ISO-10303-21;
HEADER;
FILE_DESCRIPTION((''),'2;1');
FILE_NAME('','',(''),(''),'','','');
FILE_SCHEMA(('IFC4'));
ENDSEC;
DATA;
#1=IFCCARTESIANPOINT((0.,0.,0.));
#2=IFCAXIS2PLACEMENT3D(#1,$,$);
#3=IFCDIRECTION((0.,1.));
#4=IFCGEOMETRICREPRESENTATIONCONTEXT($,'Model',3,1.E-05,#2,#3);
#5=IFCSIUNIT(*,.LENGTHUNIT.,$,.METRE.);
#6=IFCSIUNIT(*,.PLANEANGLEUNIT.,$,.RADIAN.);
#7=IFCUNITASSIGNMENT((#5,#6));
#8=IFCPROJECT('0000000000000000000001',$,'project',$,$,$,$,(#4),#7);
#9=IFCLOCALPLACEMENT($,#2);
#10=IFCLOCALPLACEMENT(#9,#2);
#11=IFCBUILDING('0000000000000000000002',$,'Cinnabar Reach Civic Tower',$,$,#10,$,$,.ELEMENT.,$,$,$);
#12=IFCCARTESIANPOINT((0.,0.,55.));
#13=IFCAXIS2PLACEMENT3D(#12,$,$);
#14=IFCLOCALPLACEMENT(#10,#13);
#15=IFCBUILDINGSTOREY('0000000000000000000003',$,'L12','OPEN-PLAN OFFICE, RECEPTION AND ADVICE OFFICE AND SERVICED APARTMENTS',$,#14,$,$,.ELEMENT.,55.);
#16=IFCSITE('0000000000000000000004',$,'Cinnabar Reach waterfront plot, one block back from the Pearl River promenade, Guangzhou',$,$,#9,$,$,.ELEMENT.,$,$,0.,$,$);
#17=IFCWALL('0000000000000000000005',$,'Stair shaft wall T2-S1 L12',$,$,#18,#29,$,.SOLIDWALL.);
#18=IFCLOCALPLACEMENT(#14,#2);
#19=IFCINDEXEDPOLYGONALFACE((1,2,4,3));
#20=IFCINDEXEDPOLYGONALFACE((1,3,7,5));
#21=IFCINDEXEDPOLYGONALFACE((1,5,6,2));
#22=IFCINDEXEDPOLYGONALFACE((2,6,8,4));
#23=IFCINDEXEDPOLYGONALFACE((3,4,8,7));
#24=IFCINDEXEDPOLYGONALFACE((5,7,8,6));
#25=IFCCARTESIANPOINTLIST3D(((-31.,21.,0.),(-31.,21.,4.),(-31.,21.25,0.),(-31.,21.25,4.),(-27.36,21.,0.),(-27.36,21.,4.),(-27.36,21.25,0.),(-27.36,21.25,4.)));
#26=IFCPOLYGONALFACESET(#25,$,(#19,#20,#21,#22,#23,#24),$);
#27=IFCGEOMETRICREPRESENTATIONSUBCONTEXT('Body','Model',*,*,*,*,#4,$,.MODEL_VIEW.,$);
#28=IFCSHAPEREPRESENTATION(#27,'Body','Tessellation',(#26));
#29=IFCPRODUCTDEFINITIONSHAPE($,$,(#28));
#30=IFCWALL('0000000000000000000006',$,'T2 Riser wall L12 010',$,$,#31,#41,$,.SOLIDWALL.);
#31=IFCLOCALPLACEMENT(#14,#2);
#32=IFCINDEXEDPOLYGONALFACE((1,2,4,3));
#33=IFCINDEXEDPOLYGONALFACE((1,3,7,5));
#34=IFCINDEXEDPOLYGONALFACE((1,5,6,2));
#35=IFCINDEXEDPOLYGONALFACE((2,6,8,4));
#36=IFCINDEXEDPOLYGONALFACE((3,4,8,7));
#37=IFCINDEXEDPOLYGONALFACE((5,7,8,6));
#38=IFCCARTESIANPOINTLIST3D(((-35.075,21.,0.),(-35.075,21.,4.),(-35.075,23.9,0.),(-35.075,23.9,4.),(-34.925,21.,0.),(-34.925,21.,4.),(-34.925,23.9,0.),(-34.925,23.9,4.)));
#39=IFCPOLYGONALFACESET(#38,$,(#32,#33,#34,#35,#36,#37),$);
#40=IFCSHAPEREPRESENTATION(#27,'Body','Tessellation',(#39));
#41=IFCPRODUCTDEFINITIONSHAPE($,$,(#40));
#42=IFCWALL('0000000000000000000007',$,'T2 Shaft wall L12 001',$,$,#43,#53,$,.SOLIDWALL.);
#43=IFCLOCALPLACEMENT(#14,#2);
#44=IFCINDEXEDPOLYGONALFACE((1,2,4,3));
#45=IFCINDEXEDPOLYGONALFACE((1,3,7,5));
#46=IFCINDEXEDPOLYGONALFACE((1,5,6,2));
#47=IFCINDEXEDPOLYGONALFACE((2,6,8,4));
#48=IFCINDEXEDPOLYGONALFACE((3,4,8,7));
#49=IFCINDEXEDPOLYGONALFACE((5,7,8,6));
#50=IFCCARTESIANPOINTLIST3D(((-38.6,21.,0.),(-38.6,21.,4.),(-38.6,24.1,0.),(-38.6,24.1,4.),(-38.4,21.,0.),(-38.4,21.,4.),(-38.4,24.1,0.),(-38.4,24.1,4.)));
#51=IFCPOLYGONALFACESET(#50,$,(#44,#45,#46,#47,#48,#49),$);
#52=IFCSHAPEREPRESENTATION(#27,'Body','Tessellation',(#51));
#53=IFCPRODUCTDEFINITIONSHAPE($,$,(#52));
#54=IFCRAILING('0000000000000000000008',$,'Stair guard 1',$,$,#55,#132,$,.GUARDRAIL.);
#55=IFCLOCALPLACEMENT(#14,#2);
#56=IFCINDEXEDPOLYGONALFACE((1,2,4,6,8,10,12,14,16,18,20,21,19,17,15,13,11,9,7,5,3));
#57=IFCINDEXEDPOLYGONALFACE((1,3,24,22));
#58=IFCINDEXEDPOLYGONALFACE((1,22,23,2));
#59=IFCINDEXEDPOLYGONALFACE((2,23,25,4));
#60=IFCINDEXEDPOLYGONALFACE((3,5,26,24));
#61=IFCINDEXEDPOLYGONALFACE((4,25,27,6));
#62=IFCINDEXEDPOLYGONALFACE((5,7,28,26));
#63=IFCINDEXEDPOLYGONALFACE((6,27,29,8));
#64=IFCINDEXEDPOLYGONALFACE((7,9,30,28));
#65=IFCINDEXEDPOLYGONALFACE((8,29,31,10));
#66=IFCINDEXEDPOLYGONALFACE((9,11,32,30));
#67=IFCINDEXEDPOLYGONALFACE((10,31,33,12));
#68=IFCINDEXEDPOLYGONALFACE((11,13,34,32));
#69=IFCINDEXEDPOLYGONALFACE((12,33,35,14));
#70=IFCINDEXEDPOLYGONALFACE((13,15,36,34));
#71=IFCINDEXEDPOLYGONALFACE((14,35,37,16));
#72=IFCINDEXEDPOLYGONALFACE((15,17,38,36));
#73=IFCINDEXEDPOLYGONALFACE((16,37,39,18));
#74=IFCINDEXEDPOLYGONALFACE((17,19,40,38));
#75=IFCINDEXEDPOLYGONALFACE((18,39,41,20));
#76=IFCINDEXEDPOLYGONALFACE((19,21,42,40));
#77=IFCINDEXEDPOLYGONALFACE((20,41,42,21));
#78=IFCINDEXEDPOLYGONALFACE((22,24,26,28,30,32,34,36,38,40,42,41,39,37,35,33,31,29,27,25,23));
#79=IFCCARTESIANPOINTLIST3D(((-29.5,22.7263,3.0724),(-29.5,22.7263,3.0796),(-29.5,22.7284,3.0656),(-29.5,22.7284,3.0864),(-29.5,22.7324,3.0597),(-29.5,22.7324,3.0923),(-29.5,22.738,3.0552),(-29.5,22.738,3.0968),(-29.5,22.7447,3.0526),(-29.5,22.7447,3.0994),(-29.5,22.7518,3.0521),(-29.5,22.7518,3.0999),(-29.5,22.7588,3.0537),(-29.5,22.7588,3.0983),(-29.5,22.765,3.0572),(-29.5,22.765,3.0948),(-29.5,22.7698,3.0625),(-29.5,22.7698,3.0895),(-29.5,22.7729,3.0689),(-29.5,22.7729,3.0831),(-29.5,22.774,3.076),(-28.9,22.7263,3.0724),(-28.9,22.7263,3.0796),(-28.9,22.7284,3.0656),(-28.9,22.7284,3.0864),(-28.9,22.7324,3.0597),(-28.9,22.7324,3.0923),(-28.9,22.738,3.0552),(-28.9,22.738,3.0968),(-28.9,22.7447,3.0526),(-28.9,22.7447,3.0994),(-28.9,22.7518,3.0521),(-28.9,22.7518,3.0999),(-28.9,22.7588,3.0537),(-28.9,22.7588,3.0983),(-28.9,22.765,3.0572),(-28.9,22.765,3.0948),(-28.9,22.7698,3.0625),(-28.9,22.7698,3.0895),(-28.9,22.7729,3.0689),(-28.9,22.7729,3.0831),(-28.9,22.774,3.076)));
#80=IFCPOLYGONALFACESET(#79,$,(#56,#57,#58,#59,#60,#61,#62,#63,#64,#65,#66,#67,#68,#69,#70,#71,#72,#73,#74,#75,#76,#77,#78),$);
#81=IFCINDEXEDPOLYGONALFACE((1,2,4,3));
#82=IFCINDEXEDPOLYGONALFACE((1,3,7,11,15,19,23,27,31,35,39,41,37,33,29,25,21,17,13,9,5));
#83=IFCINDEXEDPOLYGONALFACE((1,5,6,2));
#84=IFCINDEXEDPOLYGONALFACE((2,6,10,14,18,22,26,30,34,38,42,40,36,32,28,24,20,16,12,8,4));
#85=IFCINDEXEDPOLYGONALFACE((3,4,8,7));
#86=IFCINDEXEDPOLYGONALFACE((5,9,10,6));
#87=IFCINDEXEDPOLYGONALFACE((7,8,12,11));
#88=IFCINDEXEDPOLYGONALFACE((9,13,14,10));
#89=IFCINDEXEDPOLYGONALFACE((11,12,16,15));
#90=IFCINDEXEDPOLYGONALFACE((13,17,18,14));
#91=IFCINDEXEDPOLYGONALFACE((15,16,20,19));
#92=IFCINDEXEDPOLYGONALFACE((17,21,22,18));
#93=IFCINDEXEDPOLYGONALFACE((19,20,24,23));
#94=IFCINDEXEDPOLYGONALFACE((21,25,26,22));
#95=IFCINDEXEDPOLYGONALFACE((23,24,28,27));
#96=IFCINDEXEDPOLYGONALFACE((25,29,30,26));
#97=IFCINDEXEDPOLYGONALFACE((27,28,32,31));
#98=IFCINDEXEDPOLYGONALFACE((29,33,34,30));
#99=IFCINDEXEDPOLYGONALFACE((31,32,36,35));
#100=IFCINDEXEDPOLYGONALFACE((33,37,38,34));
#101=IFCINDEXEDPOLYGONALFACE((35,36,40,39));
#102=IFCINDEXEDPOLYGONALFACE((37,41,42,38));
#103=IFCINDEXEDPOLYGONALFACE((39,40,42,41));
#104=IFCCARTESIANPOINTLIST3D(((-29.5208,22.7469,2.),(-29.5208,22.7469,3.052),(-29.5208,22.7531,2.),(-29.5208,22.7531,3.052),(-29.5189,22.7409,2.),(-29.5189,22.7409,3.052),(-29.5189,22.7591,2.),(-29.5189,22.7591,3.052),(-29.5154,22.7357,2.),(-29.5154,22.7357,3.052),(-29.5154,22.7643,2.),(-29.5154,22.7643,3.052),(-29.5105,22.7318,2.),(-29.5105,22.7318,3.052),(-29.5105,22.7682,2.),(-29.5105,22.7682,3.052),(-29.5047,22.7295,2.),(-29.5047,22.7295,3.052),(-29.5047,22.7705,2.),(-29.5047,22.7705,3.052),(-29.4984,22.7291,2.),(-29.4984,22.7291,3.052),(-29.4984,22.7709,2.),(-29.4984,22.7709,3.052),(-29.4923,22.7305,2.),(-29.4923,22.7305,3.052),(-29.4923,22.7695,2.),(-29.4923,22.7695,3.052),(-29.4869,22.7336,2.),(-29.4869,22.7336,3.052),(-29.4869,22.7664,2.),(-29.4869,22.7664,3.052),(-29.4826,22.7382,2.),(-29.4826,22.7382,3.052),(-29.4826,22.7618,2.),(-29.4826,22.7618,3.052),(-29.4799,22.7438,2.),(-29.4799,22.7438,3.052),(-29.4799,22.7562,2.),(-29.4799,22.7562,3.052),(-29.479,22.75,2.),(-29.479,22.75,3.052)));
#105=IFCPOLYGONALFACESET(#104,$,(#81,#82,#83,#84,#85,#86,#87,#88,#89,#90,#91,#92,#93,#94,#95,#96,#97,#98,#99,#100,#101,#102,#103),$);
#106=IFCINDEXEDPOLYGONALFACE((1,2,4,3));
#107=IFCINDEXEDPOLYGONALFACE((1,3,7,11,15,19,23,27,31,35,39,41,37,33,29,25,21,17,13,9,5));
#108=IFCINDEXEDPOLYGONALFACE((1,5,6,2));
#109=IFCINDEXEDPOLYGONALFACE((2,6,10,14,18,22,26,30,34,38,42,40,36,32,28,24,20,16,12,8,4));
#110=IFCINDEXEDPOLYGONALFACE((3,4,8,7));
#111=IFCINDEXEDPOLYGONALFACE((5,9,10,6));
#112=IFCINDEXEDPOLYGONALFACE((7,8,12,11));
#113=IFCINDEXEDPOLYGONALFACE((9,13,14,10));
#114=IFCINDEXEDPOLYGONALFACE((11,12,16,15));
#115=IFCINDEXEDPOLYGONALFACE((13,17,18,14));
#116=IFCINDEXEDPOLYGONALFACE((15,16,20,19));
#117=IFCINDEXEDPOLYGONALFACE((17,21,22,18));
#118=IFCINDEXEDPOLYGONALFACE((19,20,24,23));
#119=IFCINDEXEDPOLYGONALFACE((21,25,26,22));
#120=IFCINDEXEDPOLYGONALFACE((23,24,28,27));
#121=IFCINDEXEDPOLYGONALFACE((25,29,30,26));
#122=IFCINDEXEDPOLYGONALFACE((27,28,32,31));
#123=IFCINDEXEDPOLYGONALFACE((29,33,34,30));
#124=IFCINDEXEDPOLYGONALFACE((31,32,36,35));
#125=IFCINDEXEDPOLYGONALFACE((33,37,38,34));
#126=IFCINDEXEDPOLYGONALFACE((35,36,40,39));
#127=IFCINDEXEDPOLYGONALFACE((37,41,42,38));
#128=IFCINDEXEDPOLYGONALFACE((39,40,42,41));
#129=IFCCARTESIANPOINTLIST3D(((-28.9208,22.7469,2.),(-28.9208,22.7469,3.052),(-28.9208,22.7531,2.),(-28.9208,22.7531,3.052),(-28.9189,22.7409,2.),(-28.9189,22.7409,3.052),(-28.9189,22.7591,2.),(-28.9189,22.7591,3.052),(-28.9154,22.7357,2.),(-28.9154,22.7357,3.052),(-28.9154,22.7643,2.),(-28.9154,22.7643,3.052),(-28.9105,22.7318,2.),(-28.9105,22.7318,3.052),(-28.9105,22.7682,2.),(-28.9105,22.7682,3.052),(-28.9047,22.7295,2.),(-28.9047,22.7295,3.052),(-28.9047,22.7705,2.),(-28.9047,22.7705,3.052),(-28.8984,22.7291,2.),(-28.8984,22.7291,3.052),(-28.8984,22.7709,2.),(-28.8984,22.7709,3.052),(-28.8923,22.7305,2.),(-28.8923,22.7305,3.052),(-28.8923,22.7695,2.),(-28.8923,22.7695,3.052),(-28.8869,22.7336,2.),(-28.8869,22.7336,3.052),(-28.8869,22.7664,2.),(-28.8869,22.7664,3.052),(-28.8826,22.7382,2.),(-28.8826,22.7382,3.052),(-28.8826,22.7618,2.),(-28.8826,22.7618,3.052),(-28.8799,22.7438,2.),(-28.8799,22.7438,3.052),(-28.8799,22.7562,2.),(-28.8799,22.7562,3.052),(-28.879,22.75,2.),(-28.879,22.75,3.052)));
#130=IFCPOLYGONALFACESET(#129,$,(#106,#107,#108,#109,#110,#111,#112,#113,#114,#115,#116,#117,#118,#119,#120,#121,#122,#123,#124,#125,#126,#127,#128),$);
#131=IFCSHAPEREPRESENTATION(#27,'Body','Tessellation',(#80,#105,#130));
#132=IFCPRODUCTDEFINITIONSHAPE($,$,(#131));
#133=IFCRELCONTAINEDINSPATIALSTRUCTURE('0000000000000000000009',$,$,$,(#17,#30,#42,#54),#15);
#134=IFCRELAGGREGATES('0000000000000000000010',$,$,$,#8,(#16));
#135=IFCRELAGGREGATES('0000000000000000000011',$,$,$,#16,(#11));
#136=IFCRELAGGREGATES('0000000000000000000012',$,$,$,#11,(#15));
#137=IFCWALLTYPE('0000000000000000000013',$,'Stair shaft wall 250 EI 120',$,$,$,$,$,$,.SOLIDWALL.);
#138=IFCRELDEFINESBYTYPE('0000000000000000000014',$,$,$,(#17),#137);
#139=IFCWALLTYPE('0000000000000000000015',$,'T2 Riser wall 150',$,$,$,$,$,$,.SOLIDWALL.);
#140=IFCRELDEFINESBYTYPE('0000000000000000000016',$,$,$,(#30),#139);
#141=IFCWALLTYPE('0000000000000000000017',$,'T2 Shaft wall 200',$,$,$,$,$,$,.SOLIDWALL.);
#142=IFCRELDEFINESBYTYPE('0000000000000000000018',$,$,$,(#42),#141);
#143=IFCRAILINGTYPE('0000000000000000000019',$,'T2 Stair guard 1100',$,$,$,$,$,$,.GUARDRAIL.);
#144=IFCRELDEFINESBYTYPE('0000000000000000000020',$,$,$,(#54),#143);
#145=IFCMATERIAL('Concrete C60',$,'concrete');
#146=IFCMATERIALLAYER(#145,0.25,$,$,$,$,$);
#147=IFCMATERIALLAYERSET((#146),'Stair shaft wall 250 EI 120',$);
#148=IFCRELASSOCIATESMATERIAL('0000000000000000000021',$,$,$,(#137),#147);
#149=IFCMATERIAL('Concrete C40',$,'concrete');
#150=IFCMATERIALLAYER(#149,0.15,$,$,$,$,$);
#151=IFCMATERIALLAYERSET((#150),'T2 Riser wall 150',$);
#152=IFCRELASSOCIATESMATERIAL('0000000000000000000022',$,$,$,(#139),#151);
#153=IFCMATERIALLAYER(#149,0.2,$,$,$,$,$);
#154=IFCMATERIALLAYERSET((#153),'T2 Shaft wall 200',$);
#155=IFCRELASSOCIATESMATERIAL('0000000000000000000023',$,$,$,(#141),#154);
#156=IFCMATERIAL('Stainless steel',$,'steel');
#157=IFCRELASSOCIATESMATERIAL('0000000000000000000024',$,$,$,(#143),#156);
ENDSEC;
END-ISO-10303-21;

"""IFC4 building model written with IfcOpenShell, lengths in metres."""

from ifc_helpers import new_model, si_unit, direction, frame, frame_2d, origin, origin_2d, place, context, subcontext, project, spatial, rectangle, circle, extrude, material, layer, layer_set, type_object, element, save


model = new_model("IFC4")

# Units and contexts
model_context = context("Model", 3, precision=1e-05, world=origin(), true_north=direction((0.0, 1.0)))
body_context = subcontext(model_context, "Body", "Model", "MODEL_VIEW")
ifc_project = project(units=[si_unit("LENGTHUNIT", "METRE"), si_unit("PLANEANGLEUNIT", "RADIAN")], contexts=[model_context])

# Site, building, storey
site_placement = place(None, origin())
site = spatial("IfcSite", under=ifc_project, at=site_placement, Name="Cinnabar Reach waterfront plot, one block back from the Pearl River promenade, Guangzhou", CompositionType="ELEMENT", RefElevation=0.0)
building_placement = place(site_placement, origin())
building = spatial("IfcBuilding", under=site, at=building_placement, Name="Cinnabar Reach Civic Tower", CompositionType="ELEMENT")
storey_placement = place(building_placement, frame((0.0, 0.0, 55.0)))
storey = spatial("IfcBuildingStorey", under=building, at=storey_placement, Name="L12", Description="OPEN-PLAN OFFICE, RECEPTION AND ADVICE OFFICE AND SERVICED APARTMENTS", CompositionType="ELEMENT", Elevation=55.0)

# Shared definitions
ifc_material_1 = material(Name="Concrete C60", Category="concrete")

# Walls
ifc_layer_1 = layer(ifc_material_1, 0.25)
ifc_layer_set_1 = layer_set([ifc_layer_1], Name="Stair shaft wall 250 EI 120")
wall_type_1 = type_object("IfcWallType", Name="Stair shaft wall 250 EI 120", PredefinedType="SOLIDWALL", material=ifc_layer_set_1)
wall_1_placement = place(storey_placement, frame((-31.0, 21.125, 0.0), z_axis=(0.0, 0.0, 1.0), x_axis=(1.0, 0.0, 0.0)))
element("IfcWall", 1, at=wall_1_placement, inside=storey, type_object=wall_type_1, Name="Stair shaft wall T2-S1 L12", PredefinedType="SOLIDWALL", context=body_context, shape_type="SweptSolid", body=[
    extrude(rectangle(XDim=3.64, YDim=0.25, at=frame_2d((1.82, 0.0))), origin(), (0.0, 0.0, 1.0), 4.0),
])
ifc_material_2 = material(Name="Concrete C40", Category="concrete")
ifc_layer_2 = layer(ifc_material_2, 0.15)
ifc_layer_set_2 = layer_set([ifc_layer_2], Name="T2 Riser wall 150")
wall_type_2 = type_object("IfcWallType", Name="T2 Riser wall 150", PredefinedType="SOLIDWALL", material=ifc_layer_set_2)
wall_2_placement = place(storey_placement, frame((-35.0, 21.0, 0.0), z_axis=(0.0, 0.0, 1.0), x_axis=(0.0, 1.0, 0.0)))
element("IfcWall", 2, at=wall_2_placement, inside=storey, type_object=wall_type_2, Name="T2 Riser wall L12 010", PredefinedType="SOLIDWALL", context=body_context, shape_type="SweptSolid", body=[
    extrude(rectangle(XDim=2.9, YDim=0.15, at=frame_2d((1.45, 0.0))), origin(), (0.0, 0.0, 1.0), 4.0),
])
ifc_layer_3 = layer(ifc_material_2, 0.2)
ifc_layer_set_3 = layer_set([ifc_layer_3], Name="T2 Shaft wall 200")
wall_type_3 = type_object("IfcWallType", Name="T2 Shaft wall 200", PredefinedType="SOLIDWALL", material=ifc_layer_set_3)
wall_3_placement = place(storey_placement, frame((-38.5, 21.0, 0.0), z_axis=(0.0, 0.0, 1.0), x_axis=(0.0, 1.0, 0.0)))
element("IfcWall", 3, at=wall_3_placement, inside=storey, type_object=wall_type_3, Name="T2 Shaft wall L12 001", PredefinedType="SOLIDWALL", context=body_context, shape_type="SweptSolid", body=[
    extrude(rectangle(XDim=3.1, YDim=0.2, at=frame_2d((1.55, 0.0))), origin(), (0.0, 0.0, 1.0), 4.0),
])

# Railing
ifc_material_3 = material(Name="Stainless steel", Category="steel")
railing_type = type_object("IfcRailingType", Name="T2 Stair guard 1100", PredefinedType="GUARDRAIL", material=ifc_material_3)
railing_1_placement = place(storey_placement, frame((-29.5, 22.75, 2.0)))
element("IfcRailing", 4, at=railing_1_placement, inside=storey, type_object=railing_type, Name="Stair guard 1", PredefinedType="GUARDRAIL", context=body_context, shape_type="SweptSolid", body=[
    extrude(circle(Radius=0.024, at=origin_2d()), frame((0.0, 0.0, 1.076), z_axis=(1.0, 0.0, 0.0), x_axis=(0.0, 1.0, 0.0)), (0.0, 0.0, 1.0), 0.6),
    extrude(circle(Radius=0.021, at=origin_2d()), origin(), (0.0, 0.0, 1.0), 1.052),
    extrude(circle(Radius=0.021, at=origin_2d()), frame((0.6, 0.0, 0.0)), (0.0, 0.0, 1.0), 1.052),
])

save(model, "model.ifc")
